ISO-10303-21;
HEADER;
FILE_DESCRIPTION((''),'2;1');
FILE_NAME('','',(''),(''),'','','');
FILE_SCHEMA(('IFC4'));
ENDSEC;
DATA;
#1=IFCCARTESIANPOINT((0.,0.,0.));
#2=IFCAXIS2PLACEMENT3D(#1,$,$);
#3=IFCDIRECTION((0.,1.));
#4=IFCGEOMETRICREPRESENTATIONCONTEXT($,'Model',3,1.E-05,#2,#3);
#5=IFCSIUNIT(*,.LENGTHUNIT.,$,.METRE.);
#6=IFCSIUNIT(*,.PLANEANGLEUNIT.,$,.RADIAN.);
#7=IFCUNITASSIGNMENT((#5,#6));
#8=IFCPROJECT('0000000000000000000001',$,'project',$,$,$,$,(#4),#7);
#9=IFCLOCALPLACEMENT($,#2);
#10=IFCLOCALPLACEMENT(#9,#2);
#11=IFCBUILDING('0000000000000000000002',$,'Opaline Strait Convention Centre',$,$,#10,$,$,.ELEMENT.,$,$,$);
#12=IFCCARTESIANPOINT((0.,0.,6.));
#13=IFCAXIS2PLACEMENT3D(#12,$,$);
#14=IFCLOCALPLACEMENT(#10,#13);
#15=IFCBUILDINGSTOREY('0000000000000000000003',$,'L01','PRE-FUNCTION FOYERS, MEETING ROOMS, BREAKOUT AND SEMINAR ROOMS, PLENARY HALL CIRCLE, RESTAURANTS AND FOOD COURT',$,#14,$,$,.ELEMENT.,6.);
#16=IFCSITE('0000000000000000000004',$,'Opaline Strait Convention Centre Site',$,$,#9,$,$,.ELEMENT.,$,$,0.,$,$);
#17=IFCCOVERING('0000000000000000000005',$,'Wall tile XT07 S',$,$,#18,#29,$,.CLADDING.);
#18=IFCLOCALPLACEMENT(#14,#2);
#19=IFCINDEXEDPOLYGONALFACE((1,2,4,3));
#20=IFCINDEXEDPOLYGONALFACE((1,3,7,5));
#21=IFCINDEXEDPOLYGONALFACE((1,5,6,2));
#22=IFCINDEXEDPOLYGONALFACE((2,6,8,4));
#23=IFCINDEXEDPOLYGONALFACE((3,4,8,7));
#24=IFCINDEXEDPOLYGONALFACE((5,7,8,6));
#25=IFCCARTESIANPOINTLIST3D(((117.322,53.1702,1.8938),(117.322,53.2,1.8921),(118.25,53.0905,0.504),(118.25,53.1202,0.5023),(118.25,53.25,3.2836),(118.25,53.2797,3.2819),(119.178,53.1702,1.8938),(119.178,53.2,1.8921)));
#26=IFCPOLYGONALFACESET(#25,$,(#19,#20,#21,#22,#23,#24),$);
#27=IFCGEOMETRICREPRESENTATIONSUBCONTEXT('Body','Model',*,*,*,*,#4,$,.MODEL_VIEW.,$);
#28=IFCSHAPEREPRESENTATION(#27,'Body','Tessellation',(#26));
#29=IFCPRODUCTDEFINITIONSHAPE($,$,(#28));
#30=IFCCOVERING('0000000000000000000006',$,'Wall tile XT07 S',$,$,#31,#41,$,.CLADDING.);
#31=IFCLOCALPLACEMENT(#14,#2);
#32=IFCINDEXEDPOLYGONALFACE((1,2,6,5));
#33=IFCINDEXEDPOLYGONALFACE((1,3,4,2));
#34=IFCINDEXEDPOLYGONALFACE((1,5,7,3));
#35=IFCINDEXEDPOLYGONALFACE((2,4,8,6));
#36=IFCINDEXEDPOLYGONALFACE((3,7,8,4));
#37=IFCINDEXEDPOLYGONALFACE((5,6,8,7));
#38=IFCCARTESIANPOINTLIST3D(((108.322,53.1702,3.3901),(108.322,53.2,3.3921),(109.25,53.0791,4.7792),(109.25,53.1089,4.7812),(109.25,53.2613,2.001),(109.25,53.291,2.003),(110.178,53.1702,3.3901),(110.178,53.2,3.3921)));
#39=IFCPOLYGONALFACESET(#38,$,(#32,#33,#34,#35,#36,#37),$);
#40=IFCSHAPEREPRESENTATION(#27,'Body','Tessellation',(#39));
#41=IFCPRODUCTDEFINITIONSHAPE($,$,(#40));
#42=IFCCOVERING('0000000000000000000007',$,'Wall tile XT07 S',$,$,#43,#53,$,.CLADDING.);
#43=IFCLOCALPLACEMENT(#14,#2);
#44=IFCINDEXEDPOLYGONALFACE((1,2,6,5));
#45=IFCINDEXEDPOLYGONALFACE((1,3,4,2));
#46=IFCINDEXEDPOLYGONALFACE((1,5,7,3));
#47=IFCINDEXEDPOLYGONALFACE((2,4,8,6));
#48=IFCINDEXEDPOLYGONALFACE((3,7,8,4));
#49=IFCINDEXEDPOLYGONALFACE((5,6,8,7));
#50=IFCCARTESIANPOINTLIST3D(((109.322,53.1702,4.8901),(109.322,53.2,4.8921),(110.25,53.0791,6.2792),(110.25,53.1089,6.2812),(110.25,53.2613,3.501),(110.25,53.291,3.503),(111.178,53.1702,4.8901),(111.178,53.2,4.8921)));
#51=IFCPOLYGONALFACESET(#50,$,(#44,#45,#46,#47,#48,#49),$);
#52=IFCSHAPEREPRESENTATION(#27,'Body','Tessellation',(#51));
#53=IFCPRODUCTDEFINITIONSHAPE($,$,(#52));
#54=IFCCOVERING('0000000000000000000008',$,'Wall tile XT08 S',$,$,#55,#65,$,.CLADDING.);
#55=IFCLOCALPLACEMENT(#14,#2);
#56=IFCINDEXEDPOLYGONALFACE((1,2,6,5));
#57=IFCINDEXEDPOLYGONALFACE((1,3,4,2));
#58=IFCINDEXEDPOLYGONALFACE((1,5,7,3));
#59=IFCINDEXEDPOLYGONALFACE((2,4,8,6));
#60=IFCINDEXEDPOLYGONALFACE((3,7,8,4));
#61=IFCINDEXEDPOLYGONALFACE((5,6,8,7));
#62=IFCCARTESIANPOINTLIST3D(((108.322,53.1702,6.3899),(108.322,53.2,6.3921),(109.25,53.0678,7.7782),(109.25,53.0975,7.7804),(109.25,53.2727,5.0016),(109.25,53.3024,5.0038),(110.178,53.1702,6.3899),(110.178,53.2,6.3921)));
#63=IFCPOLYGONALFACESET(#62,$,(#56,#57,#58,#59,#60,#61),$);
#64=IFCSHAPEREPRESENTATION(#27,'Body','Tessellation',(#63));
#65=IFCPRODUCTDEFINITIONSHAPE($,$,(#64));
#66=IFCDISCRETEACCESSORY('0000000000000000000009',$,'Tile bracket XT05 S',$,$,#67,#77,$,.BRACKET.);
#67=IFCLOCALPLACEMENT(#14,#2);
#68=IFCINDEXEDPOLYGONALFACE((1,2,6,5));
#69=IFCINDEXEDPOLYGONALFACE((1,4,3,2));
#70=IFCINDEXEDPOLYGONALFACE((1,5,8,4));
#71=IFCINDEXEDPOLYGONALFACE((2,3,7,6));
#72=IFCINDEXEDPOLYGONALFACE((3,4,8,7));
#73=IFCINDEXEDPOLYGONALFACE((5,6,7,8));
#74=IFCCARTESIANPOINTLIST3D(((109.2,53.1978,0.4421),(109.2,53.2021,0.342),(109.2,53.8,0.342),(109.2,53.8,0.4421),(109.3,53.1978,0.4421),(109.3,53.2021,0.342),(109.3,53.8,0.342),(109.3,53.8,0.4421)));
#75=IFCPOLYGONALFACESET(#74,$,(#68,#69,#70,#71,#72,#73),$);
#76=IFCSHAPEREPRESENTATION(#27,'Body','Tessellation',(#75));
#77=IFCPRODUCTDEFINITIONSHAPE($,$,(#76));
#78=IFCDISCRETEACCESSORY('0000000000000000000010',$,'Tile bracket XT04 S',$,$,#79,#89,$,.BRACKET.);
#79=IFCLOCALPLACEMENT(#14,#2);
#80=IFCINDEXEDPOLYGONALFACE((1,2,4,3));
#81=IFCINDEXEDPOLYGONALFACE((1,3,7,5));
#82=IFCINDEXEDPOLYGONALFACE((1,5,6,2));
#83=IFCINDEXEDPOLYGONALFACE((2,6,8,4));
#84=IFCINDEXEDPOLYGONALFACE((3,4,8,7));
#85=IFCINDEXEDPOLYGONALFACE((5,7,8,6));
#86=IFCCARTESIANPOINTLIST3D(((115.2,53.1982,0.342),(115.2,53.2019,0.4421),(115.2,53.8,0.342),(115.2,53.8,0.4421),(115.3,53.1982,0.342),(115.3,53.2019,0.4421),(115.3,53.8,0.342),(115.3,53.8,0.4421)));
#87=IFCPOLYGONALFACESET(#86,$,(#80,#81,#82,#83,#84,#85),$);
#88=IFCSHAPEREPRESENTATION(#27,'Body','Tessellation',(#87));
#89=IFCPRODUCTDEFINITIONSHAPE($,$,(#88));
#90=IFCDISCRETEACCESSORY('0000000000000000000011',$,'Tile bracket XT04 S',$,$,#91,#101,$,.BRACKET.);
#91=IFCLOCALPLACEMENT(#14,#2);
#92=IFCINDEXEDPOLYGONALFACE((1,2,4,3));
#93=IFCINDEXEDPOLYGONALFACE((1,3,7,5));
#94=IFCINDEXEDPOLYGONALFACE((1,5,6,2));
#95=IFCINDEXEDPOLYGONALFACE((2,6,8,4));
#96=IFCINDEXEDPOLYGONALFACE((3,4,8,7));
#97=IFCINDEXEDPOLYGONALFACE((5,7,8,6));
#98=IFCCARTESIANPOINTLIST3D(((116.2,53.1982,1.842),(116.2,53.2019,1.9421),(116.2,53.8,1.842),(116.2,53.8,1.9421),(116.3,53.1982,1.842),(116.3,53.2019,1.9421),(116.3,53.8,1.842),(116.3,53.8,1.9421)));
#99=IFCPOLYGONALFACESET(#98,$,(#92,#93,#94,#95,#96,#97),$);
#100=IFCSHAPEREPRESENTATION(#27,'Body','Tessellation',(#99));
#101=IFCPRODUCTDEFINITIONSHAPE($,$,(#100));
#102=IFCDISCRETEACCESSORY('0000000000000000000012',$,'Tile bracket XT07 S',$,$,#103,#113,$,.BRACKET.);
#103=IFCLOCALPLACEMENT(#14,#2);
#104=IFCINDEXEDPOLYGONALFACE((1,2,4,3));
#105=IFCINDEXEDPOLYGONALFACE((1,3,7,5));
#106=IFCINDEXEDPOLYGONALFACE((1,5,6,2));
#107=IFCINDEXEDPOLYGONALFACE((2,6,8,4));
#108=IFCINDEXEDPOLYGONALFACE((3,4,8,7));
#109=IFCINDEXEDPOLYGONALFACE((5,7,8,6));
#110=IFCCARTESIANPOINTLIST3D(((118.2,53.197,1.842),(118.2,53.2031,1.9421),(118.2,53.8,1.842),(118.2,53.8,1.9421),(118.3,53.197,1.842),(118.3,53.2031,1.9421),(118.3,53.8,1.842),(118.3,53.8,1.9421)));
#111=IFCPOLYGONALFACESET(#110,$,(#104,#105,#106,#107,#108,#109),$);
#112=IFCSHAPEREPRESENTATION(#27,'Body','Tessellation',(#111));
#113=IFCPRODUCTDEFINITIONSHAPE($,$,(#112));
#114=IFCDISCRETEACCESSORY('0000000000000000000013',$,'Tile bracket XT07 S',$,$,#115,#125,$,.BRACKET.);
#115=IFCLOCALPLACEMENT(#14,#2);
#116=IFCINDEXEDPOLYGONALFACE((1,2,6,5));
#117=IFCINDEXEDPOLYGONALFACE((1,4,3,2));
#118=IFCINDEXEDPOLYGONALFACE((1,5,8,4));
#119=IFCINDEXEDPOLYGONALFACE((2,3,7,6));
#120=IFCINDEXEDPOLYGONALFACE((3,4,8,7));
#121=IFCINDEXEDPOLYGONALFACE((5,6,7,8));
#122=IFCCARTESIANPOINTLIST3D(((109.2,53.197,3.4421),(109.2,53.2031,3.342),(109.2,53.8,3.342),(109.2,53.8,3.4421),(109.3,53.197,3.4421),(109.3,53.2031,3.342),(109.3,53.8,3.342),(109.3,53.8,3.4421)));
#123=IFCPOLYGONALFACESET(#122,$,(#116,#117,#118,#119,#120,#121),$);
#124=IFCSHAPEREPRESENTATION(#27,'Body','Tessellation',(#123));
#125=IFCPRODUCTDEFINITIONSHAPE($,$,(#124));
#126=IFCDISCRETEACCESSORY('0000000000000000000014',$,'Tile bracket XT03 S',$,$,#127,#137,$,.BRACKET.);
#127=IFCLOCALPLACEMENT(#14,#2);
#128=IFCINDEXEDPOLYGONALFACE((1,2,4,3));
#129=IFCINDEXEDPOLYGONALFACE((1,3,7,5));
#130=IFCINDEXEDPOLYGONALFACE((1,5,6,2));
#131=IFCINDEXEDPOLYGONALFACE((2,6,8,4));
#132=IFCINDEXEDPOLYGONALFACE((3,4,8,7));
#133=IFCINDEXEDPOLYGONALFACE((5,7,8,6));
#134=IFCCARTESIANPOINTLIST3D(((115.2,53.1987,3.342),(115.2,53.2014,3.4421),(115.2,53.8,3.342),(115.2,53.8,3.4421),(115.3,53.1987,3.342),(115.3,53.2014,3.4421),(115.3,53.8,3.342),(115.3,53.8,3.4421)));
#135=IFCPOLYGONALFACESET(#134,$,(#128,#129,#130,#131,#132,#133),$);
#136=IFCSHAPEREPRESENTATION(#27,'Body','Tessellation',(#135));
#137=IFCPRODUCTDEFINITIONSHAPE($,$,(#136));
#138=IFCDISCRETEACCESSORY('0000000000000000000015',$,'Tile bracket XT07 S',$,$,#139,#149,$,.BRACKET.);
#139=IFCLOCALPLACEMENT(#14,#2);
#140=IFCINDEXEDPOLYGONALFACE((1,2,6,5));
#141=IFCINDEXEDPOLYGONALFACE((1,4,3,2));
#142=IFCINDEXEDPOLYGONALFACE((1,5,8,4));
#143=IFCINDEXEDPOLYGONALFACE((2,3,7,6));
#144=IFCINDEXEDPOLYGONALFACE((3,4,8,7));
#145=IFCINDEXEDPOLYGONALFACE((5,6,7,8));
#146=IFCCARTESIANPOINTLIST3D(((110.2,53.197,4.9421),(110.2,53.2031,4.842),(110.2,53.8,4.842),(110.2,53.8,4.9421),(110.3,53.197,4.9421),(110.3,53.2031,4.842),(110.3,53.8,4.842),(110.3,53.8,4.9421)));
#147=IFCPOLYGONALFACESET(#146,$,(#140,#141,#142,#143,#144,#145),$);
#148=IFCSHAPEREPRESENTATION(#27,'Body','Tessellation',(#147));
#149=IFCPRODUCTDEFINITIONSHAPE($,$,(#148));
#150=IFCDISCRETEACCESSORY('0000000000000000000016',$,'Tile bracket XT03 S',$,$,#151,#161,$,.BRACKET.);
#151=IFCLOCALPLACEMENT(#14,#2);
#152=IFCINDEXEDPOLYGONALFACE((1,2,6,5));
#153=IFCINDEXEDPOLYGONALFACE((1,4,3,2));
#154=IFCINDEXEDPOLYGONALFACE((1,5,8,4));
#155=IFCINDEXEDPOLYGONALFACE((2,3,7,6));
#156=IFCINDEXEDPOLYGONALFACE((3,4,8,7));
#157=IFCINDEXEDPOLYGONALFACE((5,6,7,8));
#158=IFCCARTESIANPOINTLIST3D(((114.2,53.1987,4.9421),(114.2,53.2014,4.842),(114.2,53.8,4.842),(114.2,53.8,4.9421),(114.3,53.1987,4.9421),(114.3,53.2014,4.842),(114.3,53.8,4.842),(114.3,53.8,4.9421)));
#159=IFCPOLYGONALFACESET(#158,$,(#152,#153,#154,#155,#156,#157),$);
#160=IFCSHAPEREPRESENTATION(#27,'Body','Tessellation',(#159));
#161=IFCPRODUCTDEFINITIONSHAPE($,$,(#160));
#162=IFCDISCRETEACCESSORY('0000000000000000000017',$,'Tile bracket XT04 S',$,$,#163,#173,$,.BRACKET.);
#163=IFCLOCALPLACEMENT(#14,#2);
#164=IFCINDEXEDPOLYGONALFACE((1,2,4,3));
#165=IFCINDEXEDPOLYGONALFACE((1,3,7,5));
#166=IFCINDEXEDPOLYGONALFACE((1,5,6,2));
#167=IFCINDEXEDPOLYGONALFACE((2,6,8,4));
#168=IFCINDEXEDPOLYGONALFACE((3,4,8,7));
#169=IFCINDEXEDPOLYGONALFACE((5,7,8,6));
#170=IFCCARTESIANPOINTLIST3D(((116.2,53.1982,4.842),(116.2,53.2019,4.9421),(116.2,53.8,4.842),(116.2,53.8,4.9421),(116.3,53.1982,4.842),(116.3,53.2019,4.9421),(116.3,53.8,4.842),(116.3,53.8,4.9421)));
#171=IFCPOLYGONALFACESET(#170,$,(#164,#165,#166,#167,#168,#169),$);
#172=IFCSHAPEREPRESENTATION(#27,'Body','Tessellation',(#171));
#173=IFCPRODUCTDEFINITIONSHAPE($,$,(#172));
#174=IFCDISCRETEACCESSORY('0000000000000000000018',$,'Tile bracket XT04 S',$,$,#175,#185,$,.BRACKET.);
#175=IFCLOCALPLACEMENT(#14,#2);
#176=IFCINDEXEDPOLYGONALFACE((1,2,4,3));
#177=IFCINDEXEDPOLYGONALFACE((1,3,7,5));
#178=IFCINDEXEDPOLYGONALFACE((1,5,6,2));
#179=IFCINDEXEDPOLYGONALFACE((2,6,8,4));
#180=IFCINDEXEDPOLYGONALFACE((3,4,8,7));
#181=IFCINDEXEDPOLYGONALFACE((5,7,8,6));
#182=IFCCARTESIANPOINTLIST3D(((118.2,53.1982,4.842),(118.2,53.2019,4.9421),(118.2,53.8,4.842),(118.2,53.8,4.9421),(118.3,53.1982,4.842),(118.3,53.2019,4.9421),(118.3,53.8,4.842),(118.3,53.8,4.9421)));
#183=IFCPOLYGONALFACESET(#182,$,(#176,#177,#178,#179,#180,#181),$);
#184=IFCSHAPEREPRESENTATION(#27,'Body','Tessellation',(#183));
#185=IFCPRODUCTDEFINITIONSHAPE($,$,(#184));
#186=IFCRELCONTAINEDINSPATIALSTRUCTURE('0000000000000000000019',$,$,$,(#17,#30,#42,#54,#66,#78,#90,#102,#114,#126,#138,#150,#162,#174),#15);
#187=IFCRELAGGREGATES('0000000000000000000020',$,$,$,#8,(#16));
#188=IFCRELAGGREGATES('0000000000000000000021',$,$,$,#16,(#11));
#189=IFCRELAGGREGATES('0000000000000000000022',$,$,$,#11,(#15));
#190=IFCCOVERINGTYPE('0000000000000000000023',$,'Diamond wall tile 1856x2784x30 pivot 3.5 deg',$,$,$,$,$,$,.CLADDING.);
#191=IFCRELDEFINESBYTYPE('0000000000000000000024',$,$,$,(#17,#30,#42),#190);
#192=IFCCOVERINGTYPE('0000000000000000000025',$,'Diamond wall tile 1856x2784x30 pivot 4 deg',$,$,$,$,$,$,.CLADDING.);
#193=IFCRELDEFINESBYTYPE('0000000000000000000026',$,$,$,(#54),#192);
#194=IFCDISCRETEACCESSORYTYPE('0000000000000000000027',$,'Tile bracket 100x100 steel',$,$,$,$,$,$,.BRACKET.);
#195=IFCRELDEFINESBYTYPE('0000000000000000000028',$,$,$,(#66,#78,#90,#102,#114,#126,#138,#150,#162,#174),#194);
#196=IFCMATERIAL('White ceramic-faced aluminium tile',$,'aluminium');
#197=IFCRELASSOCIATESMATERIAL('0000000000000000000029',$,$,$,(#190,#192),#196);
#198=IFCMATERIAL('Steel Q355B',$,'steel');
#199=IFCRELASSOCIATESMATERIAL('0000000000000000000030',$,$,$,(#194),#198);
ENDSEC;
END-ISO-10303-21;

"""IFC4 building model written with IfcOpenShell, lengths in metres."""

from ifc_helpers import new_model, si_unit, direction, frame, origin, place, context, subcontext, project, spatial, polyline, outline, extrude, material, material_profile, profile_set, type_object, element, save


model = new_model("IFC4")

# Units and contexts
model_context = context("Model", 3, precision=1e-05, world=origin(), true_north=direction((0.0, 1.0)))
body_context = subcontext(model_context, "Body", "Model", "MODEL_VIEW")
ifc_project = project(units=[si_unit("LENGTHUNIT", "METRE"), si_unit("PLANEANGLEUNIT", "RADIAN")], contexts=[model_context])

# Site, building, storey
site_placement = place(None, origin())
site = spatial("IfcSite", under=ifc_project, at=site_placement, Name="Opaline Strait Convention Centre Site", CompositionType="ELEMENT", RefElevation=0.0)
building_placement = place(site_placement, origin())
building = spatial("IfcBuilding", under=site, at=building_placement, Name="Opaline Strait Convention Centre", CompositionType="ELEMENT")
storey_placement = place(building_placement, frame((0.0, 0.0, 6.0)))
storey = spatial("IfcBuildingStorey", under=building, at=storey_placement, Name="L01", Description="PRE-FUNCTION FOYERS, MEETING ROOMS, BREAKOUT AND SEMINAR ROOMS, PLENARY HALL CIRCLE, RESTAURANTS AND FOOD COURT", CompositionType="ELEMENT", Elevation=6.0)

# Shared definitions
ifc_material_1 = material(Name="Steel Q355B", Category="steel")

# Coverings
ifc_material_2 = material(Name="White ceramic-faced aluminium tile", Category="aluminium")
ifc_material_profile_1 = material_profile(ifc_material_2, outline(polyline([(0.928, 0.0), (0.0, 1.3921), (-0.928, 0.0), (0.0, -1.3921), (0.928, 0.0)])), Name="Diamond tile 1856x2784")
ifc_profile_set_1 = profile_set([ifc_material_profile_1], Name="White ceramic-faced aluminium tile")
covering_type_1 = type_object("IfcCoveringType", Name="Diamond wall tile 1856x2784x30 pivot 3.5 deg", PredefinedType="CLADDING", material=ifc_profile_set_1)
for number, where, z_axis, x_axis, name in (
    (1, (118.25, 53.2, 1.8921), (0.0, -0.998358, 0.057283), (1.0, 0.0, 0.0), "Wall tile XT07 S"),
    (2, (109.25, 53.2, 3.3921), (0.0, -0.997857, -0.065433), (1.0, 0.0, 0.0), "Wall tile XT07 S"),
    (3, (110.25, 53.2, 4.8921), (0.0, -0.997857, -0.065433), (1.0, 0.0, 0.0), "Wall tile XT07 S"),
):
    element("IfcCovering", number, at=place(storey_placement, frame(where, z_axis=z_axis, x_axis=x_axis)), inside=storey, type_object=covering_type_1, Name=name, PredefinedType="CLADDING", context=body_context, shape_type="SweptSolid", body=[
        extrude(outline(polyline([(0.928, 0.0), (0.0, 1.3921), (-0.928, 0.0), (0.0, -1.3921), (0.928, 0.0)])), origin(), (0.0, 0.0, 1.0), 0.0298),
    ])
ifc_material_profile_2 = material_profile(ifc_material_2, outline(polyline([(0.928, 0.0), (0.0, 1.3921), (-0.928, 0.0), (0.0, -1.3921), (0.928, 0.0)])), Name="Diamond tile 1856x2784")
ifc_profile_set_2 = profile_set([ifc_material_profile_2], Name="White ceramic-faced aluminium tile")
covering_type_2 = type_object("IfcCoveringType", Name="Diamond wall tile 1856x2784x30 pivot 4 deg", PredefinedType="CLADDING", material=ifc_profile_set_2)
covering_placement = place(storey_placement, frame((109.25, 53.2, 6.3921), z_axis=(0.0, -0.99729, -0.073571), x_axis=(1.0, 0.0, 0.0)))
element("IfcCovering", 4, at=covering_placement, inside=storey, type_object=covering_type_2, Name="Wall tile XT08 S", PredefinedType="CLADDING", context=body_context, shape_type="SweptSolid", body=[
    extrude(outline(polyline([(0.928, 0.0), (0.0, 1.3921), (-0.928, 0.0), (0.0, -1.3921), (0.928, 0.0)])), origin(), (0.0, 0.0, 1.0), 0.0298),
])

# Discrete accessories
discrete_accessory_type = type_object("IfcDiscreteAccessoryType", Name="Tile bracket 100x100 steel", PredefinedType="BRACKET", material=ifc_material_1)
discrete_accessory_1_placement = place(storey_placement, frame((109.2, 53.8, 0.3921), z_axis=(1.0, 0.0, 0.0), x_axis=(0.0, 1.0, 0.0)))
element("IfcDiscreteAccessory", 5, at=discrete_accessory_1_placement, inside=storey, type_object=discrete_accessory_type, Name="Tile bracket XT05 S", PredefinedType="BRACKET", context=body_context, shape_type="SweptSolid", body=[
    extrude(outline(polyline([(0.0, -0.05), (0.0, 0.05), (-0.6023, 0.05), (-0.5979, -0.05), (0.0, -0.05)])), origin(), (0.0, 0.0, 1.0), 0.1001),
])
for number, where, z_axis, x_axis, name in (
    (6, (115.2, 53.8, 0.3921), (1.0, 0.0, 0.0), (0.0, 1.0, 0.0), "Tile bracket XT04 S"),
    (7, (116.2, 53.8, 1.8921), (1.0, 0.0, 0.0), (0.0, 1.0, 0.0), "Tile bracket XT04 S"),
):
    element("IfcDiscreteAccessory", number, at=place(storey_placement, frame(where, z_axis=z_axis, x_axis=x_axis)), inside=storey, type_object=discrete_accessory_type, Name=name, PredefinedType="BRACKET", context=body_context, shape_type="SweptSolid", body=[
        extrude(outline(polyline([(0.0, -0.05), (0.0, 0.05), (-0.5981, 0.05), (-0.6018, -0.05), (0.0, -0.05)])), origin(), (0.0, 0.0, 1.0), 0.1001),
    ])
discrete_accessory_2_placement = place(storey_placement, frame((118.2, 53.8, 1.8921), z_axis=(1.0, 0.0, 0.0), x_axis=(0.0, 1.0, 0.0)))
element("IfcDiscreteAccessory", 8, at=discrete_accessory_2_placement, inside=storey, type_object=discrete_accessory_type, Name="Tile bracket XT07 S", PredefinedType="BRACKET", context=body_context, shape_type="SweptSolid", body=[
    extrude(outline(polyline([(0.0, -0.05), (0.0, 0.05), (-0.5969, 0.05), (-0.603, -0.05), (0.0, -0.05)])), origin(), (0.0, 0.0, 1.0), 0.1001),
])
discrete_accessory_3_placement = place(storey_placement, frame((109.2, 53.8, 3.3921), z_axis=(1.0, 0.0, 0.0), x_axis=(0.0, 1.0, 0.0)))
element("IfcDiscreteAccessory", 9, at=discrete_accessory_3_placement, inside=storey, type_object=discrete_accessory_type, Name="Tile bracket XT07 S", PredefinedType="BRACKET", context=body_context, shape_type="SweptSolid", body=[
    extrude(outline(polyline([(0.0, -0.05), (0.0, 0.05), (-0.603, 0.05), (-0.5969, -0.05), (0.0, -0.05)])), origin(), (0.0, 0.0, 1.0), 0.1001),
])
discrete_accessory_4_placement = place(storey_placement, frame((115.2, 53.8, 3.3921), z_axis=(1.0, 0.0, 0.0), x_axis=(0.0, 1.0, 0.0)))
element("IfcDiscreteAccessory", 10, at=discrete_accessory_4_placement, inside=storey, type_object=discrete_accessory_type, Name="Tile bracket XT03 S", PredefinedType="BRACKET", context=body_context, shape_type="SweptSolid", body=[
    extrude(outline(polyline([(0.0, -0.05), (0.0, 0.05), (-0.5986, 0.05), (-0.6013, -0.05), (0.0, -0.05)])), origin(), (0.0, 0.0, 1.0), 0.1001),
])
discrete_accessory_5_placement = place(storey_placement, frame((110.2, 53.8, 4.8921), z_axis=(1.0, 0.0, 0.0), x_axis=(0.0, 1.0, 0.0)))
element("IfcDiscreteAccessory", 11, at=discrete_accessory_5_placement, inside=storey, type_object=discrete_accessory_type, Name="Tile bracket XT07 S", PredefinedType="BRACKET", context=body_context, shape_type="SweptSolid", body=[
    extrude(outline(polyline([(0.0, -0.05), (0.0, 0.05), (-0.603, 0.05), (-0.5969, -0.05), (0.0, -0.05)])), origin(), (0.0, 0.0, 1.0), 0.1001),
])
discrete_accessory_6_placement = place(storey_placement, frame((114.2, 53.8, 4.8921), z_axis=(1.0, 0.0, 0.0), x_axis=(0.0, 1.0, 0.0)))
element("IfcDiscreteAccessory", 12, at=discrete_accessory_6_placement, inside=storey, type_object=discrete_accessory_type, Name="Tile bracket XT03 S", PredefinedType="BRACKET", context=body_context, shape_type="SweptSolid", body=[
    extrude(outline(polyline([(0.0, -0.05), (0.0, 0.05), (-0.6013, 0.05), (-0.5986, -0.05), (0.0, -0.05)])), origin(), (0.0, 0.0, 1.0), 0.1001),
])
for number, where, z_axis, x_axis, name in (
    (13, (116.2, 53.8, 4.8921), (1.0, 0.0, 0.0), (0.0, 1.0, 0.0), "Tile bracket XT04 S"),
    (14, (118.2, 53.8, 4.8921), (1.0, 0.0, 0.0), (0.0, 1.0, 0.0), "Tile bracket XT04 S"),
):
    element("IfcDiscreteAccessory", number, at=place(storey_placement, frame(where, z_axis=z_axis, x_axis=x_axis)), inside=storey, type_object=discrete_accessory_type, Name=name, PredefinedType="BRACKET", context=body_context, shape_type="SweptSolid", body=[
        extrude(outline(polyline([(0.0, -0.05), (0.0, 0.05), (-0.5981, 0.05), (-0.6018, -0.05), (0.0, -0.05)])), origin(), (0.0, 0.0, 1.0), 0.1001),
    ])

save(model, "model.ifc")
